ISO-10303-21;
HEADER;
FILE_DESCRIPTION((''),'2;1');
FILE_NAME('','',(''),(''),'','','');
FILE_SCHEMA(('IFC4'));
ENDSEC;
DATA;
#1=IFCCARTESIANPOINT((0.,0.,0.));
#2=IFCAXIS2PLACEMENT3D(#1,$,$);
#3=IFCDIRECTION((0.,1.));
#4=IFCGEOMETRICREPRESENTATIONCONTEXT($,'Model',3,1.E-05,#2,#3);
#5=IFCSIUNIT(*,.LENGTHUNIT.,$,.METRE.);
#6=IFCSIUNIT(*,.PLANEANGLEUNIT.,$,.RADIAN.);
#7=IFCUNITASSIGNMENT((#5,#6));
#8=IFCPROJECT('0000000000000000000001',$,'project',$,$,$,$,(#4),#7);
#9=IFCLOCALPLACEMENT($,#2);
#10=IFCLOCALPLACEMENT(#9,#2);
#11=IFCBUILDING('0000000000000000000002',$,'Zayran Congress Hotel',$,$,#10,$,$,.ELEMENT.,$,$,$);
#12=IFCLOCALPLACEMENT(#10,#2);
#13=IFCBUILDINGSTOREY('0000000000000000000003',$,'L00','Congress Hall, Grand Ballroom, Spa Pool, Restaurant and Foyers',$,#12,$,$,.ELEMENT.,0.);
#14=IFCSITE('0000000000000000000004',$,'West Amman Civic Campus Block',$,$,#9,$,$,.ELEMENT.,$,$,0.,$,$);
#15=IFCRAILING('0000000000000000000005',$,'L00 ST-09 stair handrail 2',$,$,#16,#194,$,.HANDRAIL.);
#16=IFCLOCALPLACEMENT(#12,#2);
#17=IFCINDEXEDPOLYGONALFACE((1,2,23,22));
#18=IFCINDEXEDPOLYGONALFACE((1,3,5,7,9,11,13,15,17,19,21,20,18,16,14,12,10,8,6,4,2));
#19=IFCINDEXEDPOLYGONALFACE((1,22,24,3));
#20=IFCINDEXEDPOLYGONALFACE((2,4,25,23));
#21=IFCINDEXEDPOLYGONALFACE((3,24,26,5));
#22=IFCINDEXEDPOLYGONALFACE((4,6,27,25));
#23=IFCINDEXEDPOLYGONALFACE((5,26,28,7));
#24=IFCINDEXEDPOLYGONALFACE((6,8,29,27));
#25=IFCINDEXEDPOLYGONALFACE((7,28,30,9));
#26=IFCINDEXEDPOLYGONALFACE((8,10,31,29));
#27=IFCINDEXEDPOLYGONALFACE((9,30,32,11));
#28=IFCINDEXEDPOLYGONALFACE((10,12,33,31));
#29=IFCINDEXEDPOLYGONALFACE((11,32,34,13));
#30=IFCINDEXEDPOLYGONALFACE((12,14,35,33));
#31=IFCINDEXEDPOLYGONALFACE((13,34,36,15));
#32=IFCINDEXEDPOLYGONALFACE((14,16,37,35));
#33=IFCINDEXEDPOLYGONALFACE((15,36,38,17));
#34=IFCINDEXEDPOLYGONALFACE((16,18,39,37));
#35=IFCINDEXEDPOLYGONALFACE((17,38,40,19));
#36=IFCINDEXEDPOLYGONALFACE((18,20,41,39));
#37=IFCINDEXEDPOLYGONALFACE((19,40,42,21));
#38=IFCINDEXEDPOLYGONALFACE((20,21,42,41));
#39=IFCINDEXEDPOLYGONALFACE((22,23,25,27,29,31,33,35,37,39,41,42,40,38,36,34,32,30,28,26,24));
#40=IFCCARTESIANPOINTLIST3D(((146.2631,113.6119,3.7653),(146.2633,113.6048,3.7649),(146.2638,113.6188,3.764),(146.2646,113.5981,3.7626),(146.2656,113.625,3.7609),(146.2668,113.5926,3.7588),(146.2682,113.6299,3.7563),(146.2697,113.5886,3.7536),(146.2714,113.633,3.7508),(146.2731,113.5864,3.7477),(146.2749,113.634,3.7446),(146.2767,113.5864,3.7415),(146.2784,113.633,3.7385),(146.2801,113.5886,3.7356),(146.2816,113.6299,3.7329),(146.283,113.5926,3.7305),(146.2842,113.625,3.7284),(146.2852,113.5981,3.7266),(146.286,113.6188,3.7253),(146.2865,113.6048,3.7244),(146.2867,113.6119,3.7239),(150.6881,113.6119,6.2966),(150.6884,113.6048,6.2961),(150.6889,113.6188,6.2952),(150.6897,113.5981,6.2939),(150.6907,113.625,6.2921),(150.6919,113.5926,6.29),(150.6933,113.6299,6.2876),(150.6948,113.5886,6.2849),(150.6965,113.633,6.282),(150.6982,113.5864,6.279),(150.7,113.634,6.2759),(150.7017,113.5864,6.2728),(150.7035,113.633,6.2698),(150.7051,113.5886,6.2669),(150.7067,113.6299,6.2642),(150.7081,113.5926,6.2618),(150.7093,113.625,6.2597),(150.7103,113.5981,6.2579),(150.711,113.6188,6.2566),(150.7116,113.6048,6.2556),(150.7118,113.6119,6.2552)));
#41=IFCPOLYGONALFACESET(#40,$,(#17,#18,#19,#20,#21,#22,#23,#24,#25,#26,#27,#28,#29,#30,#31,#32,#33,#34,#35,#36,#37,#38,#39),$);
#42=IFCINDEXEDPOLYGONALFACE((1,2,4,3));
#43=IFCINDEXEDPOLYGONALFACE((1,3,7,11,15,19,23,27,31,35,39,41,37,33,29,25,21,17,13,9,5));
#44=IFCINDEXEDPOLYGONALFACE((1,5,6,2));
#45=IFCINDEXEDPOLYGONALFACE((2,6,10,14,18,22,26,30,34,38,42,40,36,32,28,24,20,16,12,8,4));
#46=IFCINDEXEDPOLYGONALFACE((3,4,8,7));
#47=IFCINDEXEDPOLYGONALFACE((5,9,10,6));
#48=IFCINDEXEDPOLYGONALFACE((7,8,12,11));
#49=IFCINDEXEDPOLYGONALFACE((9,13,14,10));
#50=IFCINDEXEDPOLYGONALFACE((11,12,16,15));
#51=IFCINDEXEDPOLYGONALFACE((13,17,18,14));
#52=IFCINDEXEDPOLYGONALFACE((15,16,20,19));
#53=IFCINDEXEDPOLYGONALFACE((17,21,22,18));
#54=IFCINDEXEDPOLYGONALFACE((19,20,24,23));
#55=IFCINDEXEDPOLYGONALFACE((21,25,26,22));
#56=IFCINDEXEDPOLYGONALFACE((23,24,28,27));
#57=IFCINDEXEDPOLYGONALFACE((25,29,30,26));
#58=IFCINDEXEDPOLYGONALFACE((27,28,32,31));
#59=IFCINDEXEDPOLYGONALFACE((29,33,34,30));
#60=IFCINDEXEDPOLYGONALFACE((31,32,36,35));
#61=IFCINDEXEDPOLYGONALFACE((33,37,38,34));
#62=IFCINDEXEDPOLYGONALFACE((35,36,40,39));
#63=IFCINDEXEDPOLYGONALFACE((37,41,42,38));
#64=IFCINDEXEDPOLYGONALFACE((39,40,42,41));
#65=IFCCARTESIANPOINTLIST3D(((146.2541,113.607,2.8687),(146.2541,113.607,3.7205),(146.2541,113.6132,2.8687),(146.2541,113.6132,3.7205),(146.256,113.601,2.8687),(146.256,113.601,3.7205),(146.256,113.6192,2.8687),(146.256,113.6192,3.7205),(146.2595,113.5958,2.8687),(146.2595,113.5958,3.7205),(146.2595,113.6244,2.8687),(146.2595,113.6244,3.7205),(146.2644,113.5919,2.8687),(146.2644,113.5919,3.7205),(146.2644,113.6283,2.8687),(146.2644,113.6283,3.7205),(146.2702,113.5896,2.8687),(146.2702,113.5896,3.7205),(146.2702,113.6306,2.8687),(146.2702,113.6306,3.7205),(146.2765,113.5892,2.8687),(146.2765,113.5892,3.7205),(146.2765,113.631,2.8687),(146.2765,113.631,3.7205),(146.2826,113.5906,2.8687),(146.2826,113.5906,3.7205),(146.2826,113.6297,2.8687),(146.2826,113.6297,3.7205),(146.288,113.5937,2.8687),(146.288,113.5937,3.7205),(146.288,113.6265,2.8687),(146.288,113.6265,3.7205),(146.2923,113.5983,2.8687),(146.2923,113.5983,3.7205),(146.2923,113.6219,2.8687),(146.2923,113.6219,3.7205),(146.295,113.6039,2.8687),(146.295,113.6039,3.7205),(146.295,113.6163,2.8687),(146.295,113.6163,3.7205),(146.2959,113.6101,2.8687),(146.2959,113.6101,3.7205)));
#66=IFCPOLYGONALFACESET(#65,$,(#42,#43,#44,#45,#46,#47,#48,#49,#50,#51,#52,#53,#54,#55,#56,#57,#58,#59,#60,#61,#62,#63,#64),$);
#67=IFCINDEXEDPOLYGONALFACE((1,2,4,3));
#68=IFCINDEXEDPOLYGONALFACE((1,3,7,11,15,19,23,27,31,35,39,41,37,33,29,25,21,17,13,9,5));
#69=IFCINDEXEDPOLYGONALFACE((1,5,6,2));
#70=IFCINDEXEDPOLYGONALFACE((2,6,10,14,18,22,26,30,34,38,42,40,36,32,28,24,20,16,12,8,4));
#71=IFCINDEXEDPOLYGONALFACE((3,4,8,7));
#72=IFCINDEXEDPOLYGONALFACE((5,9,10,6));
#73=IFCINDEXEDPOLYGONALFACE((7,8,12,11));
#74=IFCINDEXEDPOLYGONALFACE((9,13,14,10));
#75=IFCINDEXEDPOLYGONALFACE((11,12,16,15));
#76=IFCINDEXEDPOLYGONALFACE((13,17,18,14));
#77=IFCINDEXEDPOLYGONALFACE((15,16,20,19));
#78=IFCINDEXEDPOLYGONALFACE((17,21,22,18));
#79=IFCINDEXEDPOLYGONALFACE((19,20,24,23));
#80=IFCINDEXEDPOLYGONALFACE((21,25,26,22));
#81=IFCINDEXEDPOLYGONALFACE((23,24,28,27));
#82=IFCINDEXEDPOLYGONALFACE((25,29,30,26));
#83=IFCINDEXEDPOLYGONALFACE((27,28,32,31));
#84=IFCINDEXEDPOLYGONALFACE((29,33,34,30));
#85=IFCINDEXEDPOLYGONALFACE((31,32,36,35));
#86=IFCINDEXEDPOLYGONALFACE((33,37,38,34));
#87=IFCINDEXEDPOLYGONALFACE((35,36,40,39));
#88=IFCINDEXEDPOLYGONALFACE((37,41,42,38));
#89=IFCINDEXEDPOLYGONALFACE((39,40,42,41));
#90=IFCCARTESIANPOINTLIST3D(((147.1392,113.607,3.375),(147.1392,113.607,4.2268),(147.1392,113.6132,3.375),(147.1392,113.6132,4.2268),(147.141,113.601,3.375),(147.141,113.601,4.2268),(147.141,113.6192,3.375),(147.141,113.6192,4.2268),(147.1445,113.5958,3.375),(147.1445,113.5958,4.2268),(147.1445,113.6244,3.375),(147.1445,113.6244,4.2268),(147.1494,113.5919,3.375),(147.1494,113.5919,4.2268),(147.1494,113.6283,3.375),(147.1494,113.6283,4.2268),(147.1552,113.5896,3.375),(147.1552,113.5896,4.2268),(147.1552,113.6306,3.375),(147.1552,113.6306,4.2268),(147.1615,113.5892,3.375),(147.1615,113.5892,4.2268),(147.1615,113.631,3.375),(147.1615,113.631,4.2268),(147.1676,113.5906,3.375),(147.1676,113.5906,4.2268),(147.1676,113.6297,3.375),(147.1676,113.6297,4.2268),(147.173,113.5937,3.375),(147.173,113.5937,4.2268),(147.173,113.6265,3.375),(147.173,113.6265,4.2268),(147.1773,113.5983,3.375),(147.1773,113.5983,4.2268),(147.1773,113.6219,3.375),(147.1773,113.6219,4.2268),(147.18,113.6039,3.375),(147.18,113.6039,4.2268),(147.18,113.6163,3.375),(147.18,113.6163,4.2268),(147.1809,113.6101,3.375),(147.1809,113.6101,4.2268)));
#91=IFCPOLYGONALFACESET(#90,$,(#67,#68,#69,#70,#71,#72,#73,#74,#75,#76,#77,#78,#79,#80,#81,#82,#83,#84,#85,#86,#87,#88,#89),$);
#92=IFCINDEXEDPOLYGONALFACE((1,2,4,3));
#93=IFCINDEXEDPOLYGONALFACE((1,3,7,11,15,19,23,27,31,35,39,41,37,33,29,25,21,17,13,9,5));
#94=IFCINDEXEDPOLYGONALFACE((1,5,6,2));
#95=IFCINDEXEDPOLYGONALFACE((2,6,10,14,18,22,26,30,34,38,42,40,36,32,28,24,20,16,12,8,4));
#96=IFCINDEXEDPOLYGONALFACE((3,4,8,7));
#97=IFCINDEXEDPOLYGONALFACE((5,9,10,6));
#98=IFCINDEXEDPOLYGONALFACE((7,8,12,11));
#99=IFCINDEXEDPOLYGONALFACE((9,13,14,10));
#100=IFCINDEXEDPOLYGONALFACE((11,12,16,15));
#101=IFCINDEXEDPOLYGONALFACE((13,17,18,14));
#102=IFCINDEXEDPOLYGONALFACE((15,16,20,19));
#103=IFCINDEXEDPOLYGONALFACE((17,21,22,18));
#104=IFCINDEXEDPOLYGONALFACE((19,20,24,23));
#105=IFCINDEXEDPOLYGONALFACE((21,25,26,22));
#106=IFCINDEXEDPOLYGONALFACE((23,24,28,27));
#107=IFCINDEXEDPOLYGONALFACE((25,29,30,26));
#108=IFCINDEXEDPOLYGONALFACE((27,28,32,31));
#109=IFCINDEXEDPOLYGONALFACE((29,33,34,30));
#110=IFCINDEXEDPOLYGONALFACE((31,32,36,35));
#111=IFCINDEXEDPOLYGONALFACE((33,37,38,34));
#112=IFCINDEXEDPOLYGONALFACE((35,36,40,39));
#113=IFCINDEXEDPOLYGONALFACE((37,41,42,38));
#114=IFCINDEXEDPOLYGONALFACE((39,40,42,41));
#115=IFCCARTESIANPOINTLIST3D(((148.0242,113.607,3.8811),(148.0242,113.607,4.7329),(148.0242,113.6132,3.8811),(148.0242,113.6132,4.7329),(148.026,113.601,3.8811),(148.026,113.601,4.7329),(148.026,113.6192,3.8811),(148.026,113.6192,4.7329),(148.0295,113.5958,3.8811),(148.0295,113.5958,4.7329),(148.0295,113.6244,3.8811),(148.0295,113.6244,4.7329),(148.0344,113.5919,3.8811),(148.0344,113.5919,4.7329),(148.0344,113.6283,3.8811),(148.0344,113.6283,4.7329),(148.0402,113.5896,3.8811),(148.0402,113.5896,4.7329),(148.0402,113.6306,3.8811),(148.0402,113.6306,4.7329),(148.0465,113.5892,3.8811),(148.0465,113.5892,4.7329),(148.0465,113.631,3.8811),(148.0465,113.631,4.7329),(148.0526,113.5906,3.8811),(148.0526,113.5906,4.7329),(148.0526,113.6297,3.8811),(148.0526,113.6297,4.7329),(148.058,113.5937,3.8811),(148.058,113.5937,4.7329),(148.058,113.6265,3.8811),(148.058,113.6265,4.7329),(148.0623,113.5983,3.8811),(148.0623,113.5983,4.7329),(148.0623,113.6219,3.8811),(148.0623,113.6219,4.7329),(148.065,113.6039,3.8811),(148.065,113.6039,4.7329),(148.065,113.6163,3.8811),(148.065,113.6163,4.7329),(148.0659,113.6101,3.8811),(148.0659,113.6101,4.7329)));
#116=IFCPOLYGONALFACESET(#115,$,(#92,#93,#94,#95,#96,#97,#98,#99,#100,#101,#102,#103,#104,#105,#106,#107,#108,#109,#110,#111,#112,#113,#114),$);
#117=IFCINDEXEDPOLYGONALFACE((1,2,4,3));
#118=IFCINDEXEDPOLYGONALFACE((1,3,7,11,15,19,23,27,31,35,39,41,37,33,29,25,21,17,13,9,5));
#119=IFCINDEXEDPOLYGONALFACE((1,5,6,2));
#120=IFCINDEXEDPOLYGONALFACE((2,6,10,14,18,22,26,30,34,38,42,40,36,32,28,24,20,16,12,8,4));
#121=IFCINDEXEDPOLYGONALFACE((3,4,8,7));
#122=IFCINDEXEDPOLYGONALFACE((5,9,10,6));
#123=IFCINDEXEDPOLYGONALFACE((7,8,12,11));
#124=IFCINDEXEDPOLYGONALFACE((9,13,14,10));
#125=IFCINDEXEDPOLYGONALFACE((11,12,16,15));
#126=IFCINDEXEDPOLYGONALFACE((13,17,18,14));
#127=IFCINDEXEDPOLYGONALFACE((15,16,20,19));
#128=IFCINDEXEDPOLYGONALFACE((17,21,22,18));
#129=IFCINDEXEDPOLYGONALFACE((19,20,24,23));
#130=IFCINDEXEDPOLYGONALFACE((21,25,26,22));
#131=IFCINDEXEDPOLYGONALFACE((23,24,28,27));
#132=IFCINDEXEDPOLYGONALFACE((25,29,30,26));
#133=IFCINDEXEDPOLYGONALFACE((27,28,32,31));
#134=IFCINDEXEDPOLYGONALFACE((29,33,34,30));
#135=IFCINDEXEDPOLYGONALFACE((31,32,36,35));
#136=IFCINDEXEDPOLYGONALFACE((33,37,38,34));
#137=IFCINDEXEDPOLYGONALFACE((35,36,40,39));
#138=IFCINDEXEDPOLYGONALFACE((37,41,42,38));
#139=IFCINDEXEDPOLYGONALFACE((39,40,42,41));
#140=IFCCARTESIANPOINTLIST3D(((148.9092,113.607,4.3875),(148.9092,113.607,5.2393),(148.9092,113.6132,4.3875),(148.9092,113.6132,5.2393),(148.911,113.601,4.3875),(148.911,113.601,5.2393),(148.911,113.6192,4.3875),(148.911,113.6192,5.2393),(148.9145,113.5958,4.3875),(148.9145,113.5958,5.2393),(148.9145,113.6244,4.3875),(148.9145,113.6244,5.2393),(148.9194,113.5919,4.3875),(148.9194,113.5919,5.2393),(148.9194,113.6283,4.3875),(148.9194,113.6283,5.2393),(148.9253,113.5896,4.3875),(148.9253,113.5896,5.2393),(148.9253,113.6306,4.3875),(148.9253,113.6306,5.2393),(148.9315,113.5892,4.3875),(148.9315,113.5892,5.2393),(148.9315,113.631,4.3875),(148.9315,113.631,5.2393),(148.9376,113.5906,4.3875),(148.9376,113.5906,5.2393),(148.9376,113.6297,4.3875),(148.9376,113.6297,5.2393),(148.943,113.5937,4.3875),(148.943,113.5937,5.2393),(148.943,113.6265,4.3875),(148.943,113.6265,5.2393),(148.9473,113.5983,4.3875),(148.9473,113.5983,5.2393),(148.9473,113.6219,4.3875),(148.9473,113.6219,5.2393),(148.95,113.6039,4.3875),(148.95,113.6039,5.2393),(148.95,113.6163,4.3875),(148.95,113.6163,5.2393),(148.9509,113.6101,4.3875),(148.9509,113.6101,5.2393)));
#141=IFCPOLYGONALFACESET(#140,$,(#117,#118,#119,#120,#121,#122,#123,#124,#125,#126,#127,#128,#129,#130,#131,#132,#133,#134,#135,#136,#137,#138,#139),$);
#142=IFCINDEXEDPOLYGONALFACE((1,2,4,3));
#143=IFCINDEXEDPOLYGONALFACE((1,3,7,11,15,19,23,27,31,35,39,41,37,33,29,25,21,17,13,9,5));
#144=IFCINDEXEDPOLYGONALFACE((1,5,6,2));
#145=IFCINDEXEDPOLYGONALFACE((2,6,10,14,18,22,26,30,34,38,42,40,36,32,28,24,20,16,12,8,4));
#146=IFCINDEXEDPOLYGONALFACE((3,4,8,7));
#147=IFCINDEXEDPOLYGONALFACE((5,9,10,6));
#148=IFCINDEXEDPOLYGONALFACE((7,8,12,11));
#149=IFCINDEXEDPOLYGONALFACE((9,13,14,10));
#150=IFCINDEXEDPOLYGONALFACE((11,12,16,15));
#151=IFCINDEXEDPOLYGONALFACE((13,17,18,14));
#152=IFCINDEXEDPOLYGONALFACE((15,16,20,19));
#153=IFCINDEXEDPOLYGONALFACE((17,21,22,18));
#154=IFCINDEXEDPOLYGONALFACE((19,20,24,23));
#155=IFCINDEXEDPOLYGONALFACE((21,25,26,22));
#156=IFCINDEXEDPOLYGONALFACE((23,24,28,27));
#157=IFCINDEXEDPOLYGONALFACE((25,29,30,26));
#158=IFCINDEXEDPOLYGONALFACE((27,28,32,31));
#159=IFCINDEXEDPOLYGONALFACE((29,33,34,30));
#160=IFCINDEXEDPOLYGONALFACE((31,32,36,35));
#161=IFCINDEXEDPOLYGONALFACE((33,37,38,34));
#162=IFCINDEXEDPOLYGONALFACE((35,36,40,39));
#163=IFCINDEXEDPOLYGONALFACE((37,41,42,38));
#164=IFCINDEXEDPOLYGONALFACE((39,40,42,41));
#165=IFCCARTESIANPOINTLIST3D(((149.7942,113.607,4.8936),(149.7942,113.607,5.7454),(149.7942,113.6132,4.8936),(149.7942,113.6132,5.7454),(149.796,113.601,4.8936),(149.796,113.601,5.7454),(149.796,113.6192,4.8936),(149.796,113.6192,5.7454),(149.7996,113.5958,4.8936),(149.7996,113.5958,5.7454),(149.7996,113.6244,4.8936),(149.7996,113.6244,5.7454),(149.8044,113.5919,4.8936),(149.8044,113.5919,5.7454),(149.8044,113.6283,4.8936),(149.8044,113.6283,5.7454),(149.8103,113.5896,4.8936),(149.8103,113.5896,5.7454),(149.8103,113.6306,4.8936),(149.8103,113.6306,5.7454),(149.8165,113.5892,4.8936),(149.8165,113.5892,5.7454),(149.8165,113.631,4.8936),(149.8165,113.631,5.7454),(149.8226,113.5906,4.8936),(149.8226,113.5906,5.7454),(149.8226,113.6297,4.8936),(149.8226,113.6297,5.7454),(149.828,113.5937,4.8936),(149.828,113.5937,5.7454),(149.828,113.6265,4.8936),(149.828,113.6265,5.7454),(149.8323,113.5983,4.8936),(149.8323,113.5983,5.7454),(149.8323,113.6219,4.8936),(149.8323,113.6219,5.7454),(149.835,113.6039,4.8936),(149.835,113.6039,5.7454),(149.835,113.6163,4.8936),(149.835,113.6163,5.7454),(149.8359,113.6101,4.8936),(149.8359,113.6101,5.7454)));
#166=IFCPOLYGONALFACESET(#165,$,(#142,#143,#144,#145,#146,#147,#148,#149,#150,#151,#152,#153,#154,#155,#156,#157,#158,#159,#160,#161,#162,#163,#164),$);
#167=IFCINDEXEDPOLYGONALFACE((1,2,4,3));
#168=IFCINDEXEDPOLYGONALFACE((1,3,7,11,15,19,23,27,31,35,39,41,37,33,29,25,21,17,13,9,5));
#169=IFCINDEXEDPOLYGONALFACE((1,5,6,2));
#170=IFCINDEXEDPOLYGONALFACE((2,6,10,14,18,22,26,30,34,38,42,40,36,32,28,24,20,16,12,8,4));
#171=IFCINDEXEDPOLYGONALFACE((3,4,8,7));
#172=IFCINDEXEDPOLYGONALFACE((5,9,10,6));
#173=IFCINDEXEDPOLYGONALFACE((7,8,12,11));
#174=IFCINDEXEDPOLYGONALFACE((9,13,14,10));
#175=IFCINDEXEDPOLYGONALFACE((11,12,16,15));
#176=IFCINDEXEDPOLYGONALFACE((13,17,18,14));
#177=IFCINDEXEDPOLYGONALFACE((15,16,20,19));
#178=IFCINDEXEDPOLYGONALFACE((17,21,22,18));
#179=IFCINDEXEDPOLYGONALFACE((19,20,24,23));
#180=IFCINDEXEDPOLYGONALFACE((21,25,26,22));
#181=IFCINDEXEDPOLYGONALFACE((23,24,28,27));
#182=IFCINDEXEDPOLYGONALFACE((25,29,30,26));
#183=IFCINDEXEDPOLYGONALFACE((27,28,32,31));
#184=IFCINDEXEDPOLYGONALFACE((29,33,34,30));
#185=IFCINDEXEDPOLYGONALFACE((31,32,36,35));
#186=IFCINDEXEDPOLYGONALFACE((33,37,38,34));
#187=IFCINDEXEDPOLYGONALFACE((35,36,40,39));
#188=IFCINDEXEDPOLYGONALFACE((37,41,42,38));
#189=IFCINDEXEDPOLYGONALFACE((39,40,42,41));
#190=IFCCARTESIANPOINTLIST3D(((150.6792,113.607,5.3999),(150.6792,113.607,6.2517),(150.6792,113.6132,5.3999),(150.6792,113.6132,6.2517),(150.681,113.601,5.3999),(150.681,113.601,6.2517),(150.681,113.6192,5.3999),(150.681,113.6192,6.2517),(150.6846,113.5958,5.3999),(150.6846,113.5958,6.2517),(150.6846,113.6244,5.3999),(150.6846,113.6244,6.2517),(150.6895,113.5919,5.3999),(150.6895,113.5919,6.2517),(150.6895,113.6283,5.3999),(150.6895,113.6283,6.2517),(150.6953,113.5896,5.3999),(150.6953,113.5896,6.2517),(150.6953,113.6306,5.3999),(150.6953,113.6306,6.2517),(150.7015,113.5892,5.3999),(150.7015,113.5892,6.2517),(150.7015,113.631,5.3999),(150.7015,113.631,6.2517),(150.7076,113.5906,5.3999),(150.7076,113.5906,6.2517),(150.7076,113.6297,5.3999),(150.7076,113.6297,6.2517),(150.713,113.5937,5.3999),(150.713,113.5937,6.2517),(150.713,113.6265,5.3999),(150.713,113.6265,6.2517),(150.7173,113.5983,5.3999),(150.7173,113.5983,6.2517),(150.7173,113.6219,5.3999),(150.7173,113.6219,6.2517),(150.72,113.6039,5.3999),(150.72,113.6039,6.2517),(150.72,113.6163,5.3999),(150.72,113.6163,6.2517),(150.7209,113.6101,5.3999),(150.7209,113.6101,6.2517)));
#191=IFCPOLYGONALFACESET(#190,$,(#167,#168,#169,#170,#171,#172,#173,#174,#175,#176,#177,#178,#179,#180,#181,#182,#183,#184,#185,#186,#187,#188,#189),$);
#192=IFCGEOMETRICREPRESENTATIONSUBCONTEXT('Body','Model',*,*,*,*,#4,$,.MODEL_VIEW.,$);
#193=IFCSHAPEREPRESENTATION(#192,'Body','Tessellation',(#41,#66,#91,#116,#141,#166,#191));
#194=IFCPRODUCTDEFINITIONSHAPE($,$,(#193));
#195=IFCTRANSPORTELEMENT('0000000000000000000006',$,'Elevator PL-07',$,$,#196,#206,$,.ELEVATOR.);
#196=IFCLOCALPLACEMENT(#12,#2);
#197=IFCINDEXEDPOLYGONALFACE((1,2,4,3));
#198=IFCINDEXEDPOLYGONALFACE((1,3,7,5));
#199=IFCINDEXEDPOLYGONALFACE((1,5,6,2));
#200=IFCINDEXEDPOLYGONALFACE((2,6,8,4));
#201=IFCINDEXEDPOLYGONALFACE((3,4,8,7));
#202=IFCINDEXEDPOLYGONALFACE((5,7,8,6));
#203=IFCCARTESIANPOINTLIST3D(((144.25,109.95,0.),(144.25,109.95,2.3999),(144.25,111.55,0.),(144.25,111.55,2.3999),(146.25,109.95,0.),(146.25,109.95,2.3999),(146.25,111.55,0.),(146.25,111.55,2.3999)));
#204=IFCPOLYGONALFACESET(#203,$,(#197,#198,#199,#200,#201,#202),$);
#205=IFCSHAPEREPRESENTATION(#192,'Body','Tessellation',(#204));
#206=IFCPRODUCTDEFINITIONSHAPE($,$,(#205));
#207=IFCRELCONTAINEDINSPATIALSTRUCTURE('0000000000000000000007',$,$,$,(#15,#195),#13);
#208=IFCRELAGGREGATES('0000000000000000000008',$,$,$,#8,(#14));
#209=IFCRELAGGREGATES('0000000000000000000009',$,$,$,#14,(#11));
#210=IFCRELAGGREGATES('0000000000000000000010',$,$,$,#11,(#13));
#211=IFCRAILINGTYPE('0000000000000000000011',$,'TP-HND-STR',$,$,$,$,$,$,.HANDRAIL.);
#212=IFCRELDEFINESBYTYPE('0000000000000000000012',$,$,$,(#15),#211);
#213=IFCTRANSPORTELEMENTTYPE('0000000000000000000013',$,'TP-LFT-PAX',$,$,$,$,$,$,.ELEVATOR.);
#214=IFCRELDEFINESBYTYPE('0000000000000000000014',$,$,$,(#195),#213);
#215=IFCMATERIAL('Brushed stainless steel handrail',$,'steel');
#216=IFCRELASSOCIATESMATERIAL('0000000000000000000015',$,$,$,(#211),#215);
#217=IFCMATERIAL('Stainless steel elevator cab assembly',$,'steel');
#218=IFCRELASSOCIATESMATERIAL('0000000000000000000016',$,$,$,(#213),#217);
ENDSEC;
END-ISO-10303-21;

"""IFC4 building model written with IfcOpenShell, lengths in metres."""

from ifc_helpers import new_model, si_unit, direction, frame, origin, origin_2d, place, context, subcontext, project, spatial, rectangle, circle, extrude, material, type_object, element, save


model = new_model("IFC4")

# Units and contexts
model_context = context("Model", 3, precision=1e-05, world=origin(), true_north=direction((0.0, 1.0)))
body_context = subcontext(model_context, "Body", "Model", "MODEL_VIEW")
ifc_project = project(units=[si_unit("LENGTHUNIT", "METRE"), si_unit("PLANEANGLEUNIT", "RADIAN")], contexts=[model_context])

# Site, building, storey
site_placement = place(None, origin())
site = spatial("IfcSite", under=ifc_project, at=site_placement, Name="West Amman Civic Campus Block", CompositionType="ELEMENT", RefElevation=0.0)
building_placement = place(site_placement, origin())
building = spatial("IfcBuilding", under=site, at=building_placement, Name="Zayran Congress Hotel", CompositionType="ELEMENT")
storey_placement = place(building_placement, origin())
storey = spatial("IfcBuildingStorey", under=building, at=storey_placement, Name="L00", Description="Congress Hall, Grand Ballroom, Spa Pool, Restaurant and Foyers", CompositionType="ELEMENT", Elevation=0.0)

# Railing
ifc_material_1 = material(Name="Brushed stainless steel handrail", Category="steel")
railing_type_1 = type_object("IfcRailingType", Name="TP-HND-STR", PredefinedType="HANDRAIL", material=ifc_material_1)
railing_1_placement = place(storey_placement, frame((146.2749, 113.6101, 2.8687)))
element("IfcRailing", 1, at=railing_1_placement, inside=storey, type_object=railing_type_1, Name="L00 ST-09 stair handrail 2", PredefinedType="HANDRAIL", context=body_context, shape_type="SweptSolid", body=[
    extrude(circle(Radius=0.0239, at=origin_2d()), frame((0.0, 0.0, 0.876), z_axis=(0.868019, 0.0, 0.496531), x_axis=(0.0, 1.0, 0.0)), (0.0, 0.0, 1.0), 5.0979),
    extrude(circle(Radius=0.021, at=origin_2d()), origin(), (0.0, 0.0, 1.0), 0.8518),
    extrude(circle(Radius=0.021, at=origin_2d()), frame((0.885, 0.0, 0.5063)), (0.0, 0.0, 1.0), 0.8518),
    extrude(circle(Radius=0.021, at=origin_2d()), frame((1.77, 0.0, 1.0125)), (0.0, 0.0, 1.0), 0.8518),
    extrude(circle(Radius=0.021, at=origin_2d()), frame((2.655, 0.0, 1.5188)), (0.0, 0.0, 1.0), 0.8518),
    extrude(circle(Radius=0.021, at=origin_2d()), frame((3.54, 0.0, 2.0249)), (0.0, 0.0, 1.0), 0.8518),
    extrude(circle(Radius=0.021, at=origin_2d()), frame((4.425, 0.0, 2.5312)), (0.0, 0.0, 1.0), 0.8518),
])

# Transport element
ifc_material_2 = material(Name="Stainless steel elevator cab assembly", Category="steel")
transport_element_type = type_object("IfcTransportElementType", Name="TP-LFT-PAX", PredefinedType="ELEVATOR", material=ifc_material_2)
transport_element_placement = place(storey_placement, frame((145.25, 110.75, 0.0), z_axis=(0.0, 0.0, 1.0), x_axis=(1.0, 0.0, 0.0)))
element("IfcTransportElement", 2, at=transport_element_placement, inside=storey, type_object=transport_element_type, Name="Elevator PL-07", PredefinedType="ELEVATOR", context=body_context, shape_type="SweptSolid", body=[
    extrude(rectangle(XDim=2.0, YDim=1.6001, at=origin_2d()), origin(), (0.0, 0.0, 1.0), 2.3999),
])

save(model, "model.ifc")
